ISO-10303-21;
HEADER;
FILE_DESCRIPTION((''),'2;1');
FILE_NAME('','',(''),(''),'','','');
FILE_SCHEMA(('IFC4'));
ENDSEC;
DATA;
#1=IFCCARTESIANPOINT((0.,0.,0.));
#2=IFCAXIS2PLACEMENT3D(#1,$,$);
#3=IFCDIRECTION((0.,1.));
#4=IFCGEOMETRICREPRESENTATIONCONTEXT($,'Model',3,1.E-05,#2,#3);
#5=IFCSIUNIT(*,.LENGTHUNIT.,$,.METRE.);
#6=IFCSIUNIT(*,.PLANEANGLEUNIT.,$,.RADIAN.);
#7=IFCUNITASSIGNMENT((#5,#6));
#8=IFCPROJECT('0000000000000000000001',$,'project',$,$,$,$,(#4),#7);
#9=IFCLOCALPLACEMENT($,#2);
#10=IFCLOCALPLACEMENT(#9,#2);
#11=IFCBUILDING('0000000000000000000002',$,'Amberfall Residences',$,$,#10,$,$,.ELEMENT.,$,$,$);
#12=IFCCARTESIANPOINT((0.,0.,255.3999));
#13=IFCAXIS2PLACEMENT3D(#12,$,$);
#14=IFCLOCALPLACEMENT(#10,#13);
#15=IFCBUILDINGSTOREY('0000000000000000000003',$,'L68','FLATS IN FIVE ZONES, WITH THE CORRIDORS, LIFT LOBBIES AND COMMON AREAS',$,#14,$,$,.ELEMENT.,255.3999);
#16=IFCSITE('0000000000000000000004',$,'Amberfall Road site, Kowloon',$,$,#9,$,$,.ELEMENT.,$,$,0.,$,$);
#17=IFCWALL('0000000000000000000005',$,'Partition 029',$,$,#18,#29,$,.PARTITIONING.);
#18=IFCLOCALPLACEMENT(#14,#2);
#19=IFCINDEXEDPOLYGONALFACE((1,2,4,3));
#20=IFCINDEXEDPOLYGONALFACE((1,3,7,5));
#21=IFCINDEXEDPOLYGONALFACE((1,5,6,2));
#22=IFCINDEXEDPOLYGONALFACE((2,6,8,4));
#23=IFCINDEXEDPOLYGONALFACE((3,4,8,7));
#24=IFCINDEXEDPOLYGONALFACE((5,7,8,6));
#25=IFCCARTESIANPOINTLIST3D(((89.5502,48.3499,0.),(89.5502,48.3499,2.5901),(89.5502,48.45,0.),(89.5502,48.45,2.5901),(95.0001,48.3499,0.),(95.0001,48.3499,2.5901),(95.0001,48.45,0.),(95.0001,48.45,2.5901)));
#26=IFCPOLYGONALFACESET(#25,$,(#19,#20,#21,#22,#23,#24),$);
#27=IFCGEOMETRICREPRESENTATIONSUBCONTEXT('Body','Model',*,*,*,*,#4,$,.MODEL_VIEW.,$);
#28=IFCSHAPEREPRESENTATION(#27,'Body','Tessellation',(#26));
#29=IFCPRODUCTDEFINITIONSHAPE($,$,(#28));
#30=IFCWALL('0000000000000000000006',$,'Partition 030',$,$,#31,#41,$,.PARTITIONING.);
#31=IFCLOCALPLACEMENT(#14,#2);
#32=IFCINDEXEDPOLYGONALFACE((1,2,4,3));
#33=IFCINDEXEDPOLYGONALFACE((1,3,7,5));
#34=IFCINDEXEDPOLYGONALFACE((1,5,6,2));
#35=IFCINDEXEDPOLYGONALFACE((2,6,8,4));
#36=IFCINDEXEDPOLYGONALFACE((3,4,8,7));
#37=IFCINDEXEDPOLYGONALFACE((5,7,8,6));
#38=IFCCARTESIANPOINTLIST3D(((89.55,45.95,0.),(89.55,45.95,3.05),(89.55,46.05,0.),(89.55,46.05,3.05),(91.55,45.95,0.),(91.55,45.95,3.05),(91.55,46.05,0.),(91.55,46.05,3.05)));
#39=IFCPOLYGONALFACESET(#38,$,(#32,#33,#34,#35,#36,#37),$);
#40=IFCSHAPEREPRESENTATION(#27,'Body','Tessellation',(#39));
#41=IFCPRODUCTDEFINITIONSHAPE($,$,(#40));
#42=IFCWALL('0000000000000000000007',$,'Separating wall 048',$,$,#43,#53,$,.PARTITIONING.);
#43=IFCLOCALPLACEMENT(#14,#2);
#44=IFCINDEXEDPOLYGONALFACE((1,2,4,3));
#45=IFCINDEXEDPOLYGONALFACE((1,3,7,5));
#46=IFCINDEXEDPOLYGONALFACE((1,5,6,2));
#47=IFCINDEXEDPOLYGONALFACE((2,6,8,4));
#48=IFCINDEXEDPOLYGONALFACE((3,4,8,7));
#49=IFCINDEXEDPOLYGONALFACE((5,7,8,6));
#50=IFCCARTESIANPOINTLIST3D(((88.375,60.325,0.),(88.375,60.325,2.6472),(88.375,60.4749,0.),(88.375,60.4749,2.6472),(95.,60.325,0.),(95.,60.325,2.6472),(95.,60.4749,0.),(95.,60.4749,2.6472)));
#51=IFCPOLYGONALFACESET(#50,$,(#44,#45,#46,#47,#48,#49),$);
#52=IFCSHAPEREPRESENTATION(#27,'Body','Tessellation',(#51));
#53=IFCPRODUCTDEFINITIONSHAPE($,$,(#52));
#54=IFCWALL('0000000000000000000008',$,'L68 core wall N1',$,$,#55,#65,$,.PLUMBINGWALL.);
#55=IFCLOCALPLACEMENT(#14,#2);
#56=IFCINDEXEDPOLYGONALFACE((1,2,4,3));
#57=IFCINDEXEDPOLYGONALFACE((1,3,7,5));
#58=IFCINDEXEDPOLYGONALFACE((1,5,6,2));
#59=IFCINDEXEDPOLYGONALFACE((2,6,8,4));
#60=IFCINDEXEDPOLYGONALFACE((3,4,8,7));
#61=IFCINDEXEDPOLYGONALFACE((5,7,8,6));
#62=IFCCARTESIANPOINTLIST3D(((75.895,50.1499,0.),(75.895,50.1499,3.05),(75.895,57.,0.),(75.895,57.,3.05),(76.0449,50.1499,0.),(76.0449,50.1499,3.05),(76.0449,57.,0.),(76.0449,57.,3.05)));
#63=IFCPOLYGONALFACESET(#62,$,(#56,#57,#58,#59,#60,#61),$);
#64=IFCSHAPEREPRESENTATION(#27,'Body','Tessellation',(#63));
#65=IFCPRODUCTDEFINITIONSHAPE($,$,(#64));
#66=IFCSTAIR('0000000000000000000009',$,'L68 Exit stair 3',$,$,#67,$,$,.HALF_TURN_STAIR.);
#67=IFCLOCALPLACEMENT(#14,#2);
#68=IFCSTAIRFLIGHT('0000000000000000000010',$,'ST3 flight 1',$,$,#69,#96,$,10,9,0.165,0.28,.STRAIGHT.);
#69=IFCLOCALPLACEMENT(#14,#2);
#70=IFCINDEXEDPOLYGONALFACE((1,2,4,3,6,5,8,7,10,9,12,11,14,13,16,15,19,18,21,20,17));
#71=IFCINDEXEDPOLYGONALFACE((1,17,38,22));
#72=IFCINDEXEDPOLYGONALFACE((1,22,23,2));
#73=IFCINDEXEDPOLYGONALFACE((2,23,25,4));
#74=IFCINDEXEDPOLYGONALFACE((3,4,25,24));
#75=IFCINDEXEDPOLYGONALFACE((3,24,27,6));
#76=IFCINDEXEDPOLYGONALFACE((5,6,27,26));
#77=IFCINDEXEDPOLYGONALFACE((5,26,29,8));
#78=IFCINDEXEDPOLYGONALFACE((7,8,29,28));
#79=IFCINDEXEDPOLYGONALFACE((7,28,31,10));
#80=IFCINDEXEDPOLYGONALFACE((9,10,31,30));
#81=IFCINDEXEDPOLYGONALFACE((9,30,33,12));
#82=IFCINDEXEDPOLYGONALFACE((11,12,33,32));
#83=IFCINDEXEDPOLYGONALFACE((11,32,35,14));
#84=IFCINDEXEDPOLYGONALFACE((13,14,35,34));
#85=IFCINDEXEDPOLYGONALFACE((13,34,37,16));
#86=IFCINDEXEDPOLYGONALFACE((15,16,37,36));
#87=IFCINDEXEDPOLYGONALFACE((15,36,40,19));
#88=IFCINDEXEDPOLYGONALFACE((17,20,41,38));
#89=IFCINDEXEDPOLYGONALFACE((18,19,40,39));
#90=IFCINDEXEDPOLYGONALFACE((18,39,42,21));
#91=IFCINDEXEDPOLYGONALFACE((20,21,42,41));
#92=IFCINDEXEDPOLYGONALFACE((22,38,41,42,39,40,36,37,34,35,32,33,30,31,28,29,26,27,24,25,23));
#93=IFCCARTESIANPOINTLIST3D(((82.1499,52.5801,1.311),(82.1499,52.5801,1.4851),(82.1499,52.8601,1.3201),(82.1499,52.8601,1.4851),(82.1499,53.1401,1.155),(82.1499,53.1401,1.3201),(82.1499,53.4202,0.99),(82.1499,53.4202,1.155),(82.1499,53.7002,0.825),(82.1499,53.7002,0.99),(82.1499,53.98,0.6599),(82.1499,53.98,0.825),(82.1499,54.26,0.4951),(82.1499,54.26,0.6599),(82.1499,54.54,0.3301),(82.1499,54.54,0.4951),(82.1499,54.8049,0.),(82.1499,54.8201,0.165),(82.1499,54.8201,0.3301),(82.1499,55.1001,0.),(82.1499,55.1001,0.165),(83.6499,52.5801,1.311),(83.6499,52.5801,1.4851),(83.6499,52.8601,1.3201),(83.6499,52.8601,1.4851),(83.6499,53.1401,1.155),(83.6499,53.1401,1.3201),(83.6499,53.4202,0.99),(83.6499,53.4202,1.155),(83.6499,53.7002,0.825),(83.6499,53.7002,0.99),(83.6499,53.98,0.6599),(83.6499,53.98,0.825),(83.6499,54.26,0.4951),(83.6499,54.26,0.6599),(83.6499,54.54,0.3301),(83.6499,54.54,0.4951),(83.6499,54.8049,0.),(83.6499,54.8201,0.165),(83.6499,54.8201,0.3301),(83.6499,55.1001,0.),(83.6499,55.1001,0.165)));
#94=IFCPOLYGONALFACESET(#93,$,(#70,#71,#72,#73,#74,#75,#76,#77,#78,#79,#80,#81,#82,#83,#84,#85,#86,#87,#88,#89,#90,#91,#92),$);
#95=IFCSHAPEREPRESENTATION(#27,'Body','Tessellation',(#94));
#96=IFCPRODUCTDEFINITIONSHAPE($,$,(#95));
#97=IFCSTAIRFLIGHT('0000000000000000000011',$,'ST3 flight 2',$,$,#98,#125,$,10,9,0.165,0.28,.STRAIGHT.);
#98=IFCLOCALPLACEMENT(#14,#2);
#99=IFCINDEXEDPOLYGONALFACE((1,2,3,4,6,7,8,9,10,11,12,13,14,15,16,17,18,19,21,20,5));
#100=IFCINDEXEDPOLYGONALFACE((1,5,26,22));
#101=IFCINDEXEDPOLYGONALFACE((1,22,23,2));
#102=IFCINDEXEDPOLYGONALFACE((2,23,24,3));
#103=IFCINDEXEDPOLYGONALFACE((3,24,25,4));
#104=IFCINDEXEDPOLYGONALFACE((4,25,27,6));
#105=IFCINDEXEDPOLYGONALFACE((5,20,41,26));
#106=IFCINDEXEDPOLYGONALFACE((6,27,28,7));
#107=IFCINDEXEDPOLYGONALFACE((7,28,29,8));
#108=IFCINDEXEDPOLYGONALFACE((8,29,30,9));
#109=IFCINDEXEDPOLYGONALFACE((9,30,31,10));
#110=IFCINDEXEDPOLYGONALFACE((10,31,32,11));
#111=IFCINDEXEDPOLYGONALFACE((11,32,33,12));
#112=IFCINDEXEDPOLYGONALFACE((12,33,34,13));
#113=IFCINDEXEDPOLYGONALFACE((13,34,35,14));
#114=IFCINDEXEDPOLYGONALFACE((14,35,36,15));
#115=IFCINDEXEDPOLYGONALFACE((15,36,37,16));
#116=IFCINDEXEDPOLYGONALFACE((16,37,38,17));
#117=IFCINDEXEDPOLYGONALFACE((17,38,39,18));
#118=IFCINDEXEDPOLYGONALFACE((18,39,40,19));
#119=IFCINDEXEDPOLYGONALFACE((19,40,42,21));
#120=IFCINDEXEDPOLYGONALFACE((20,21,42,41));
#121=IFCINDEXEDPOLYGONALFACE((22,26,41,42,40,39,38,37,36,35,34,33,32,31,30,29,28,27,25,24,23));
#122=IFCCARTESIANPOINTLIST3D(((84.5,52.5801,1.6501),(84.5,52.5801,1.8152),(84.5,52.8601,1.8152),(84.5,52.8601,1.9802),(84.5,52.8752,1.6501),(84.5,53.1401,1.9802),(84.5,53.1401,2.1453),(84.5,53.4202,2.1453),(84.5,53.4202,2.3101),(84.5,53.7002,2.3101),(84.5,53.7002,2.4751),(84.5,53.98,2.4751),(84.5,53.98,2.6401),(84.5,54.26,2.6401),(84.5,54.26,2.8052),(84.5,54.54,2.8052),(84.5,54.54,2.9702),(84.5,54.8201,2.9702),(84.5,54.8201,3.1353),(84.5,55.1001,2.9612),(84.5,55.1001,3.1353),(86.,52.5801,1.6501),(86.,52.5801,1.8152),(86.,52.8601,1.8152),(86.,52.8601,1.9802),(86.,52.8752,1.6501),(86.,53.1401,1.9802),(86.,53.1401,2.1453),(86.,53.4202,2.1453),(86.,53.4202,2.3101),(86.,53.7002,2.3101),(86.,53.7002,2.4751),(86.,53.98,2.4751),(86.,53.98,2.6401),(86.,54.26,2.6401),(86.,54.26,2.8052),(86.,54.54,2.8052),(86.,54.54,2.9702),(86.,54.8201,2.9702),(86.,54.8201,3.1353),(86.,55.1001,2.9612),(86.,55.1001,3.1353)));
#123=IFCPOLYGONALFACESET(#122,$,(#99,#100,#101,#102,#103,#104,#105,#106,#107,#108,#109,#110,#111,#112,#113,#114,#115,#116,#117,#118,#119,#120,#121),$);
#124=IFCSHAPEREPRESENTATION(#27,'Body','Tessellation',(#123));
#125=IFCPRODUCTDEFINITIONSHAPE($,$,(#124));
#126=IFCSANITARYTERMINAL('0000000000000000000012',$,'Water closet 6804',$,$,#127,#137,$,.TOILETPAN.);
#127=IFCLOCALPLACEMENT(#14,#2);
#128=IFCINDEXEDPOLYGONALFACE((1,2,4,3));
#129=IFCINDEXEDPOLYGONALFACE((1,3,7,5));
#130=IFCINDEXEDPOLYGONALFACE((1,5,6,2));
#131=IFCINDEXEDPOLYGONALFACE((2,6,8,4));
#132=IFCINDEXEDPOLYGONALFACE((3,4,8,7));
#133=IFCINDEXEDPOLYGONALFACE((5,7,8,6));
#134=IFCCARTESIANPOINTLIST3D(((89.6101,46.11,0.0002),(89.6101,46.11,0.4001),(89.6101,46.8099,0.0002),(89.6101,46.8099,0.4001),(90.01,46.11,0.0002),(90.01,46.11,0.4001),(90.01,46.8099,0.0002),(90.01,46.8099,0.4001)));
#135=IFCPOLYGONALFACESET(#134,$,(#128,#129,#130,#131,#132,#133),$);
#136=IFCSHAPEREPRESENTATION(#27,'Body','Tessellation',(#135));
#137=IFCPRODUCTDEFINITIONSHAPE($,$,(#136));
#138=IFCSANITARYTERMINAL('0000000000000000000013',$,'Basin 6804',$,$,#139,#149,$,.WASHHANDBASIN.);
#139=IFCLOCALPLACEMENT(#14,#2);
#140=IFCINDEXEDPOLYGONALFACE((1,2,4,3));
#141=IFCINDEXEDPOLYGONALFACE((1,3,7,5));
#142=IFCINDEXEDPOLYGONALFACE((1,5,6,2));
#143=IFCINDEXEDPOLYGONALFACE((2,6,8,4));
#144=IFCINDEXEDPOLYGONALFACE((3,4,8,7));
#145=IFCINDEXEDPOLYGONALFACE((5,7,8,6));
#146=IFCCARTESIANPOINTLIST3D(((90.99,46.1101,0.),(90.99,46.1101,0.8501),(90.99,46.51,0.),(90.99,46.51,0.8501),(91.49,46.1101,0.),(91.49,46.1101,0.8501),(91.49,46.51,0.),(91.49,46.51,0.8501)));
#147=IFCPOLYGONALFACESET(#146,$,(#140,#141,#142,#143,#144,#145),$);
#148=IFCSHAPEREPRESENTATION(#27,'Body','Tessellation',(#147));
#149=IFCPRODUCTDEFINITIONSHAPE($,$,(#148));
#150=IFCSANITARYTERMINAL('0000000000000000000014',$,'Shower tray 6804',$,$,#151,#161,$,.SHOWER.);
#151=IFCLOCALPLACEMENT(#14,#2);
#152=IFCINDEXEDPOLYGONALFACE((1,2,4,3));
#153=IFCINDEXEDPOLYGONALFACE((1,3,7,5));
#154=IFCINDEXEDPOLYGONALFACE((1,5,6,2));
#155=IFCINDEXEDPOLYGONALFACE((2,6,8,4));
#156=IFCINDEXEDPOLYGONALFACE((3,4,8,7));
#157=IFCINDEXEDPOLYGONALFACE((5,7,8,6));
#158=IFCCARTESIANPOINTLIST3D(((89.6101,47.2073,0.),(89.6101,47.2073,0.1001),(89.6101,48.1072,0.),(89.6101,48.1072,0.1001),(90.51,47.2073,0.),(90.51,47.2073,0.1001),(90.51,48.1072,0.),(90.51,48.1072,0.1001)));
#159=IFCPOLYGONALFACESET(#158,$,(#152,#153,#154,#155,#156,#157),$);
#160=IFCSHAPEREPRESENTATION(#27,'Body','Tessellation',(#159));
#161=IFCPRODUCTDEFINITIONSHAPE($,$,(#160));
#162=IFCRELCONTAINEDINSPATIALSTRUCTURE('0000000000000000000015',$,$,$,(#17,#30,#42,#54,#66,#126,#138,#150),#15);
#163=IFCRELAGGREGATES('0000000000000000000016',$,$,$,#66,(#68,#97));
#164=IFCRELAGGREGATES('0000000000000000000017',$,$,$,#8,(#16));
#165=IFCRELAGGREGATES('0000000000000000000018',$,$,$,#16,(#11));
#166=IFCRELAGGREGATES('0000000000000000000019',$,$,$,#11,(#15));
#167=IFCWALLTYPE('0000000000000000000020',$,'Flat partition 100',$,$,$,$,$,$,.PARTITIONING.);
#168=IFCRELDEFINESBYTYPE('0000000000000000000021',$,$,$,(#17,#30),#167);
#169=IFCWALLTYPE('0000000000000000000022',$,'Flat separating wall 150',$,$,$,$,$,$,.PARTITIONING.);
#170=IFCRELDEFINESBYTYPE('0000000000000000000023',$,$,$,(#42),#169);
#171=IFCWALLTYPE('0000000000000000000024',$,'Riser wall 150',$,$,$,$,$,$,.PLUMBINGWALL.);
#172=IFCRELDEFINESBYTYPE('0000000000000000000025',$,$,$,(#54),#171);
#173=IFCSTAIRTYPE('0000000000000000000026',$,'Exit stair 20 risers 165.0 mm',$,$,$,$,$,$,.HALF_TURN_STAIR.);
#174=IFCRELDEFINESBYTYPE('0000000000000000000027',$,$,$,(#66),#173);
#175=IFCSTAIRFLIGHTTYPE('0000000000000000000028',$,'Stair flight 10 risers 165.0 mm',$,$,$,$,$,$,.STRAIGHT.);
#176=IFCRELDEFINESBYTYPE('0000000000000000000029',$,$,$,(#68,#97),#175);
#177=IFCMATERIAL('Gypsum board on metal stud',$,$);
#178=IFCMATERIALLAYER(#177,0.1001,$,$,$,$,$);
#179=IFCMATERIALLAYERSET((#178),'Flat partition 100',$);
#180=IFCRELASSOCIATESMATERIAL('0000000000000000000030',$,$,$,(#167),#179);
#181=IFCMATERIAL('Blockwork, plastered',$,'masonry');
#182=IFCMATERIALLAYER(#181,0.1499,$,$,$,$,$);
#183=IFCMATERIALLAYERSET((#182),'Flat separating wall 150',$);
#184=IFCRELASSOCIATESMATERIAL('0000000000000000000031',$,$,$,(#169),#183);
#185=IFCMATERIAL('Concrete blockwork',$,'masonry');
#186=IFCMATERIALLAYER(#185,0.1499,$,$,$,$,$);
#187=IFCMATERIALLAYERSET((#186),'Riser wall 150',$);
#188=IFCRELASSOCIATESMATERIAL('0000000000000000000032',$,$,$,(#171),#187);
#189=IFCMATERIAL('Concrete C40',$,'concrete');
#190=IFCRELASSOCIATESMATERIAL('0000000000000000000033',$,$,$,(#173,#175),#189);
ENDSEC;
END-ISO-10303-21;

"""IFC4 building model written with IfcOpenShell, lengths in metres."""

from ifc_helpers import new_model, si_unit, direction, frame, frame_2d, origin, origin_2d, place, context, subcontext, project, spatial, polyline, rectangle, outline, extrude, material, layer, layer_set, type_object, element, aggregate, save


model = new_model("IFC4")

# Units and contexts
model_context = context("Model", 3, precision=1e-05, world=origin(), true_north=direction((0.0, 1.0)))
body_context = subcontext(model_context, "Body", "Model", "MODEL_VIEW")
ifc_project = project(units=[si_unit("LENGTHUNIT", "METRE"), si_unit("PLANEANGLEUNIT", "RADIAN")], contexts=[model_context])

# Site, building, storey
site_placement = place(None, origin())
site = spatial("IfcSite", under=ifc_project, at=site_placement, Name="Amberfall Road site, Kowloon", CompositionType="ELEMENT", RefElevation=0.0)
building_placement = place(site_placement, origin())
building = spatial("IfcBuilding", under=site, at=building_placement, Name="Amberfall Residences", CompositionType="ELEMENT")
storey_placement = place(building_placement, frame((0.0, 0.0, 255.3999)))
storey = spatial("IfcBuildingStorey", under=building, at=storey_placement, Name="L68", Description="FLATS IN FIVE ZONES, WITH THE CORRIDORS, LIFT LOBBIES AND COMMON AREAS", CompositionType="ELEMENT", Elevation=255.3999)

# Shared definitions
ifc_material_1 = material(Name="Gypsum board on metal stud")
ifc_layer_1 = layer(ifc_material_1, 0.1001)
ifc_layer_set_1 = layer_set([ifc_layer_1], Name="Flat partition 100")
wall_type_1 = type_object("IfcWallType", Name="Flat partition 100", PredefinedType="PARTITIONING", material=ifc_layer_set_1)

# Walls
wall_1_placement = place(storey_placement, frame((89.55, 48.3999, 0.0), z_axis=(0.0, 0.0, 1.0), x_axis=(1.0, 0.0, 0.0)))
element("IfcWall", 1, at=wall_1_placement, inside=storey, type_object=wall_type_1, Name="Partition 029", PredefinedType="PARTITIONING", context=body_context, shape_type="SweptSolid", body=[
    extrude(rectangle(XDim=5.45, YDim=0.1001, at=frame_2d((2.7251, 0.0))), origin(), (0.0, 0.0, 1.0), 2.5901),
])
wall_2_placement = place(storey_placement, frame((89.55, 46.0, 0.0), z_axis=(0.0, 0.0, 1.0), x_axis=(1.0, 0.0, 0.0)))
element("IfcWall", 2, at=wall_2_placement, inside=storey, type_object=wall_type_1, Name="Partition 030", PredefinedType="PARTITIONING", context=body_context, shape_type="SweptSolid", body=[
    extrude(rectangle(XDim=2.0, YDim=0.1001, at=frame_2d((1.0, 0.0))), origin(), (0.0, 0.0, 1.0), 3.05),
])
ifc_material_2 = material(Name="Blockwork, plastered", Category="masonry")
ifc_layer_2 = layer(ifc_material_2, 0.1499)
ifc_layer_set_2 = layer_set([ifc_layer_2], Name="Flat separating wall 150")
wall_type_2 = type_object("IfcWallType", Name="Flat separating wall 150", PredefinedType="PARTITIONING", material=ifc_layer_set_2)
wall_3_placement = place(storey_placement, frame((88.375, 60.3999, 0.0), z_axis=(0.0, 0.0, 1.0), x_axis=(1.0, 0.0, 0.0)))
element("IfcWall", 3, at=wall_3_placement, inside=storey, type_object=wall_type_2, Name="Separating wall 048", PredefinedType="PARTITIONING", context=body_context, shape_type="SweptSolid", body=[
    extrude(rectangle(XDim=6.625, YDim=0.1499, at=frame_2d((3.3125, 0.0))), origin(), (0.0, 0.0, 1.0), 2.6472),
])
ifc_material_3 = material(Name="Concrete blockwork", Category="masonry")
ifc_layer_3 = layer(ifc_material_3, 0.1499)
ifc_layer_set_3 = layer_set([ifc_layer_3], Name="Riser wall 150")
wall_type_3 = type_object("IfcWallType", Name="Riser wall 150", PredefinedType="PLUMBINGWALL", material=ifc_layer_set_3)
wall_4_placement = place(storey_placement, frame((75.97, 50.1499, 0.0), z_axis=(0.0, 0.0, 1.0), x_axis=(0.0, 1.0, 0.0)))
element("IfcWall", 4, at=wall_4_placement, inside=storey, type_object=wall_type_3, Name="L68 core wall N1", PredefinedType="PLUMBINGWALL", context=body_context, shape_type="SweptSolid", body=[
    extrude(rectangle(XDim=6.8501, YDim=0.1499, at=frame_2d((3.425, 0.0))), origin(), (0.0, 0.0, 1.0), 3.05),
])

# Stair, stair flights
ifc_material_4 = material(Name="Concrete C40", Category="concrete")
stair_type = type_object("IfcStairType", Name="Exit stair 20 risers 165.0 mm", PredefinedType="HALF_TURN_STAIR", material=ifc_material_4)
stair_placement = place(storey_placement, origin())
stair = element("IfcStair", 5, at=stair_placement, inside=storey, type_object=stair_type, Name="L68 Exit stair 3", PredefinedType="HALF_TURN_STAIR")
stair_flight_type = type_object("IfcStairFlightType", Name="Stair flight 10 risers 165.0 mm", PredefinedType="STRAIGHT", material=ifc_material_4)
stair_flight_1_placement = place(storey_placement, frame((82.8999, 55.1001, 0.0), z_axis=(0.0, 0.0, 1.0), x_axis=(0.0, -1.0, 0.0)))
stair_flight_1 = element("IfcStairFlight", 6, at=stair_flight_1_placement, type_object=stair_flight_type, Name="ST3 flight 1", NumberOfRisers=10, NumberOfTreads=9, PredefinedType="STRAIGHT", RiserHeight=0.165, TreadLength=0.28, context=body_context, shape_type="SweptSolid", body=[
    extrude(outline(polyline([(0.0, 0.0), (0.0, 0.165), (0.28, 0.165), (0.28, 0.3301), (0.5601, 0.3301), (0.5601, 0.4951), (0.8401, 0.4951), (0.8401, 0.6599), (1.1201, 0.6599), (1.1201, 0.825), (1.3999, 0.825), (1.3999, 0.99), (1.6799, 0.99), (1.6799, 1.155), (1.96, 1.155), (1.96, 1.3201), (2.24, 1.3201), (2.24, 1.4851), (2.52, 1.4851), (2.52, 1.6499), (2.52, 1.311), (0.2952, 0.0), (0.0, 0.0)])), frame((0.0, 0.75, 0.0), z_axis=(0.0, -1.0, 0.0), x_axis=(1.0, 0.0, 0.0)), (0.0, 0.0, 1.0), 1.5),
])
stair_flight_2_placement = place(storey_placement, frame((85.25, 52.5801, 1.6501), z_axis=(0.0, 0.0, 1.0), x_axis=(0.0, 1.0, 0.0)))
stair_flight_2 = element("IfcStairFlight", 7, at=stair_flight_2_placement, type_object=stair_flight_type, Name="ST3 flight 2", NumberOfRisers=10, NumberOfTreads=9, PredefinedType="STRAIGHT", RiserHeight=0.165, TreadLength=0.28, context=body_context, shape_type="SweptSolid", body=[
    extrude(outline(polyline([(0.0, 0.0), (0.0, 0.165), (0.28, 0.165), (0.28, 0.3301), (0.5601, 0.3301), (0.5601, 0.4951), (0.8401, 0.4951), (0.8401, 0.6599), (1.1201, 0.6599), (1.1201, 0.825), (1.3999, 0.825), (1.3999, 0.99), (1.6799, 0.99), (1.6799, 1.155), (1.96, 1.155), (1.96, 1.3201), (2.24, 1.3201), (2.24, 1.4851), (2.52, 1.4851), (2.52, 1.6499), (2.52, 1.311), (0.2952, 0.0), (0.0, 0.0)])), frame((0.0, 0.75, 0.0), z_axis=(0.0, -1.0, 0.0), x_axis=(1.0, 0.0, 0.0)), (0.0, 0.0, 1.0), 1.5),
])
aggregate(stair, [stair_flight_1, stair_flight_2])

# Sanitary terminals
sanitary_terminal_1_placement = place(storey_placement, frame((89.8101, 46.46, 0.0002), z_axis=(0.0, 0.0, 1.0), x_axis=(1.0, 0.0, 0.0)))
element("IfcSanitaryTerminal", 8, at=sanitary_terminal_1_placement, inside=storey, Name="Water closet 6804", PredefinedType="TOILETPAN", context=body_context, shape_type="SweptSolid", body=[
    extrude(rectangle(XDim=0.3999, YDim=0.7, at=origin_2d()), origin(), (0.0, 0.0, 1.0), 0.3999),
])
sanitary_terminal_2_placement = place(storey_placement, frame((91.24, 46.3101, 0.0), z_axis=(0.0, 0.0, 1.0), x_axis=(1.0, 0.0, 0.0)))
element("IfcSanitaryTerminal", 9, at=sanitary_terminal_2_placement, inside=storey, Name="Basin 6804", PredefinedType="WASHHANDBASIN", context=body_context, shape_type="SweptSolid", body=[
    extrude(rectangle(XDim=0.5, YDim=0.3999, at=origin_2d()), origin(), (0.0, 0.0, 1.0), 0.8501),
])
sanitary_terminal_3_placement = place(storey_placement, frame((90.0601, 47.6572, 0.0), z_axis=(0.0, 0.0, 1.0), x_axis=(1.0, 0.0, 0.0)))
element("IfcSanitaryTerminal", 10, at=sanitary_terminal_3_placement, inside=storey, Name="Shower tray 6804", PredefinedType="SHOWER", context=body_context, shape_type="SweptSolid", body=[
    extrude(rectangle(XDim=0.8999, YDim=0.8999, at=origin_2d()), origin(), (0.0, 0.0, 1.0), 0.1001),
])

save(model, "model.ifc")
